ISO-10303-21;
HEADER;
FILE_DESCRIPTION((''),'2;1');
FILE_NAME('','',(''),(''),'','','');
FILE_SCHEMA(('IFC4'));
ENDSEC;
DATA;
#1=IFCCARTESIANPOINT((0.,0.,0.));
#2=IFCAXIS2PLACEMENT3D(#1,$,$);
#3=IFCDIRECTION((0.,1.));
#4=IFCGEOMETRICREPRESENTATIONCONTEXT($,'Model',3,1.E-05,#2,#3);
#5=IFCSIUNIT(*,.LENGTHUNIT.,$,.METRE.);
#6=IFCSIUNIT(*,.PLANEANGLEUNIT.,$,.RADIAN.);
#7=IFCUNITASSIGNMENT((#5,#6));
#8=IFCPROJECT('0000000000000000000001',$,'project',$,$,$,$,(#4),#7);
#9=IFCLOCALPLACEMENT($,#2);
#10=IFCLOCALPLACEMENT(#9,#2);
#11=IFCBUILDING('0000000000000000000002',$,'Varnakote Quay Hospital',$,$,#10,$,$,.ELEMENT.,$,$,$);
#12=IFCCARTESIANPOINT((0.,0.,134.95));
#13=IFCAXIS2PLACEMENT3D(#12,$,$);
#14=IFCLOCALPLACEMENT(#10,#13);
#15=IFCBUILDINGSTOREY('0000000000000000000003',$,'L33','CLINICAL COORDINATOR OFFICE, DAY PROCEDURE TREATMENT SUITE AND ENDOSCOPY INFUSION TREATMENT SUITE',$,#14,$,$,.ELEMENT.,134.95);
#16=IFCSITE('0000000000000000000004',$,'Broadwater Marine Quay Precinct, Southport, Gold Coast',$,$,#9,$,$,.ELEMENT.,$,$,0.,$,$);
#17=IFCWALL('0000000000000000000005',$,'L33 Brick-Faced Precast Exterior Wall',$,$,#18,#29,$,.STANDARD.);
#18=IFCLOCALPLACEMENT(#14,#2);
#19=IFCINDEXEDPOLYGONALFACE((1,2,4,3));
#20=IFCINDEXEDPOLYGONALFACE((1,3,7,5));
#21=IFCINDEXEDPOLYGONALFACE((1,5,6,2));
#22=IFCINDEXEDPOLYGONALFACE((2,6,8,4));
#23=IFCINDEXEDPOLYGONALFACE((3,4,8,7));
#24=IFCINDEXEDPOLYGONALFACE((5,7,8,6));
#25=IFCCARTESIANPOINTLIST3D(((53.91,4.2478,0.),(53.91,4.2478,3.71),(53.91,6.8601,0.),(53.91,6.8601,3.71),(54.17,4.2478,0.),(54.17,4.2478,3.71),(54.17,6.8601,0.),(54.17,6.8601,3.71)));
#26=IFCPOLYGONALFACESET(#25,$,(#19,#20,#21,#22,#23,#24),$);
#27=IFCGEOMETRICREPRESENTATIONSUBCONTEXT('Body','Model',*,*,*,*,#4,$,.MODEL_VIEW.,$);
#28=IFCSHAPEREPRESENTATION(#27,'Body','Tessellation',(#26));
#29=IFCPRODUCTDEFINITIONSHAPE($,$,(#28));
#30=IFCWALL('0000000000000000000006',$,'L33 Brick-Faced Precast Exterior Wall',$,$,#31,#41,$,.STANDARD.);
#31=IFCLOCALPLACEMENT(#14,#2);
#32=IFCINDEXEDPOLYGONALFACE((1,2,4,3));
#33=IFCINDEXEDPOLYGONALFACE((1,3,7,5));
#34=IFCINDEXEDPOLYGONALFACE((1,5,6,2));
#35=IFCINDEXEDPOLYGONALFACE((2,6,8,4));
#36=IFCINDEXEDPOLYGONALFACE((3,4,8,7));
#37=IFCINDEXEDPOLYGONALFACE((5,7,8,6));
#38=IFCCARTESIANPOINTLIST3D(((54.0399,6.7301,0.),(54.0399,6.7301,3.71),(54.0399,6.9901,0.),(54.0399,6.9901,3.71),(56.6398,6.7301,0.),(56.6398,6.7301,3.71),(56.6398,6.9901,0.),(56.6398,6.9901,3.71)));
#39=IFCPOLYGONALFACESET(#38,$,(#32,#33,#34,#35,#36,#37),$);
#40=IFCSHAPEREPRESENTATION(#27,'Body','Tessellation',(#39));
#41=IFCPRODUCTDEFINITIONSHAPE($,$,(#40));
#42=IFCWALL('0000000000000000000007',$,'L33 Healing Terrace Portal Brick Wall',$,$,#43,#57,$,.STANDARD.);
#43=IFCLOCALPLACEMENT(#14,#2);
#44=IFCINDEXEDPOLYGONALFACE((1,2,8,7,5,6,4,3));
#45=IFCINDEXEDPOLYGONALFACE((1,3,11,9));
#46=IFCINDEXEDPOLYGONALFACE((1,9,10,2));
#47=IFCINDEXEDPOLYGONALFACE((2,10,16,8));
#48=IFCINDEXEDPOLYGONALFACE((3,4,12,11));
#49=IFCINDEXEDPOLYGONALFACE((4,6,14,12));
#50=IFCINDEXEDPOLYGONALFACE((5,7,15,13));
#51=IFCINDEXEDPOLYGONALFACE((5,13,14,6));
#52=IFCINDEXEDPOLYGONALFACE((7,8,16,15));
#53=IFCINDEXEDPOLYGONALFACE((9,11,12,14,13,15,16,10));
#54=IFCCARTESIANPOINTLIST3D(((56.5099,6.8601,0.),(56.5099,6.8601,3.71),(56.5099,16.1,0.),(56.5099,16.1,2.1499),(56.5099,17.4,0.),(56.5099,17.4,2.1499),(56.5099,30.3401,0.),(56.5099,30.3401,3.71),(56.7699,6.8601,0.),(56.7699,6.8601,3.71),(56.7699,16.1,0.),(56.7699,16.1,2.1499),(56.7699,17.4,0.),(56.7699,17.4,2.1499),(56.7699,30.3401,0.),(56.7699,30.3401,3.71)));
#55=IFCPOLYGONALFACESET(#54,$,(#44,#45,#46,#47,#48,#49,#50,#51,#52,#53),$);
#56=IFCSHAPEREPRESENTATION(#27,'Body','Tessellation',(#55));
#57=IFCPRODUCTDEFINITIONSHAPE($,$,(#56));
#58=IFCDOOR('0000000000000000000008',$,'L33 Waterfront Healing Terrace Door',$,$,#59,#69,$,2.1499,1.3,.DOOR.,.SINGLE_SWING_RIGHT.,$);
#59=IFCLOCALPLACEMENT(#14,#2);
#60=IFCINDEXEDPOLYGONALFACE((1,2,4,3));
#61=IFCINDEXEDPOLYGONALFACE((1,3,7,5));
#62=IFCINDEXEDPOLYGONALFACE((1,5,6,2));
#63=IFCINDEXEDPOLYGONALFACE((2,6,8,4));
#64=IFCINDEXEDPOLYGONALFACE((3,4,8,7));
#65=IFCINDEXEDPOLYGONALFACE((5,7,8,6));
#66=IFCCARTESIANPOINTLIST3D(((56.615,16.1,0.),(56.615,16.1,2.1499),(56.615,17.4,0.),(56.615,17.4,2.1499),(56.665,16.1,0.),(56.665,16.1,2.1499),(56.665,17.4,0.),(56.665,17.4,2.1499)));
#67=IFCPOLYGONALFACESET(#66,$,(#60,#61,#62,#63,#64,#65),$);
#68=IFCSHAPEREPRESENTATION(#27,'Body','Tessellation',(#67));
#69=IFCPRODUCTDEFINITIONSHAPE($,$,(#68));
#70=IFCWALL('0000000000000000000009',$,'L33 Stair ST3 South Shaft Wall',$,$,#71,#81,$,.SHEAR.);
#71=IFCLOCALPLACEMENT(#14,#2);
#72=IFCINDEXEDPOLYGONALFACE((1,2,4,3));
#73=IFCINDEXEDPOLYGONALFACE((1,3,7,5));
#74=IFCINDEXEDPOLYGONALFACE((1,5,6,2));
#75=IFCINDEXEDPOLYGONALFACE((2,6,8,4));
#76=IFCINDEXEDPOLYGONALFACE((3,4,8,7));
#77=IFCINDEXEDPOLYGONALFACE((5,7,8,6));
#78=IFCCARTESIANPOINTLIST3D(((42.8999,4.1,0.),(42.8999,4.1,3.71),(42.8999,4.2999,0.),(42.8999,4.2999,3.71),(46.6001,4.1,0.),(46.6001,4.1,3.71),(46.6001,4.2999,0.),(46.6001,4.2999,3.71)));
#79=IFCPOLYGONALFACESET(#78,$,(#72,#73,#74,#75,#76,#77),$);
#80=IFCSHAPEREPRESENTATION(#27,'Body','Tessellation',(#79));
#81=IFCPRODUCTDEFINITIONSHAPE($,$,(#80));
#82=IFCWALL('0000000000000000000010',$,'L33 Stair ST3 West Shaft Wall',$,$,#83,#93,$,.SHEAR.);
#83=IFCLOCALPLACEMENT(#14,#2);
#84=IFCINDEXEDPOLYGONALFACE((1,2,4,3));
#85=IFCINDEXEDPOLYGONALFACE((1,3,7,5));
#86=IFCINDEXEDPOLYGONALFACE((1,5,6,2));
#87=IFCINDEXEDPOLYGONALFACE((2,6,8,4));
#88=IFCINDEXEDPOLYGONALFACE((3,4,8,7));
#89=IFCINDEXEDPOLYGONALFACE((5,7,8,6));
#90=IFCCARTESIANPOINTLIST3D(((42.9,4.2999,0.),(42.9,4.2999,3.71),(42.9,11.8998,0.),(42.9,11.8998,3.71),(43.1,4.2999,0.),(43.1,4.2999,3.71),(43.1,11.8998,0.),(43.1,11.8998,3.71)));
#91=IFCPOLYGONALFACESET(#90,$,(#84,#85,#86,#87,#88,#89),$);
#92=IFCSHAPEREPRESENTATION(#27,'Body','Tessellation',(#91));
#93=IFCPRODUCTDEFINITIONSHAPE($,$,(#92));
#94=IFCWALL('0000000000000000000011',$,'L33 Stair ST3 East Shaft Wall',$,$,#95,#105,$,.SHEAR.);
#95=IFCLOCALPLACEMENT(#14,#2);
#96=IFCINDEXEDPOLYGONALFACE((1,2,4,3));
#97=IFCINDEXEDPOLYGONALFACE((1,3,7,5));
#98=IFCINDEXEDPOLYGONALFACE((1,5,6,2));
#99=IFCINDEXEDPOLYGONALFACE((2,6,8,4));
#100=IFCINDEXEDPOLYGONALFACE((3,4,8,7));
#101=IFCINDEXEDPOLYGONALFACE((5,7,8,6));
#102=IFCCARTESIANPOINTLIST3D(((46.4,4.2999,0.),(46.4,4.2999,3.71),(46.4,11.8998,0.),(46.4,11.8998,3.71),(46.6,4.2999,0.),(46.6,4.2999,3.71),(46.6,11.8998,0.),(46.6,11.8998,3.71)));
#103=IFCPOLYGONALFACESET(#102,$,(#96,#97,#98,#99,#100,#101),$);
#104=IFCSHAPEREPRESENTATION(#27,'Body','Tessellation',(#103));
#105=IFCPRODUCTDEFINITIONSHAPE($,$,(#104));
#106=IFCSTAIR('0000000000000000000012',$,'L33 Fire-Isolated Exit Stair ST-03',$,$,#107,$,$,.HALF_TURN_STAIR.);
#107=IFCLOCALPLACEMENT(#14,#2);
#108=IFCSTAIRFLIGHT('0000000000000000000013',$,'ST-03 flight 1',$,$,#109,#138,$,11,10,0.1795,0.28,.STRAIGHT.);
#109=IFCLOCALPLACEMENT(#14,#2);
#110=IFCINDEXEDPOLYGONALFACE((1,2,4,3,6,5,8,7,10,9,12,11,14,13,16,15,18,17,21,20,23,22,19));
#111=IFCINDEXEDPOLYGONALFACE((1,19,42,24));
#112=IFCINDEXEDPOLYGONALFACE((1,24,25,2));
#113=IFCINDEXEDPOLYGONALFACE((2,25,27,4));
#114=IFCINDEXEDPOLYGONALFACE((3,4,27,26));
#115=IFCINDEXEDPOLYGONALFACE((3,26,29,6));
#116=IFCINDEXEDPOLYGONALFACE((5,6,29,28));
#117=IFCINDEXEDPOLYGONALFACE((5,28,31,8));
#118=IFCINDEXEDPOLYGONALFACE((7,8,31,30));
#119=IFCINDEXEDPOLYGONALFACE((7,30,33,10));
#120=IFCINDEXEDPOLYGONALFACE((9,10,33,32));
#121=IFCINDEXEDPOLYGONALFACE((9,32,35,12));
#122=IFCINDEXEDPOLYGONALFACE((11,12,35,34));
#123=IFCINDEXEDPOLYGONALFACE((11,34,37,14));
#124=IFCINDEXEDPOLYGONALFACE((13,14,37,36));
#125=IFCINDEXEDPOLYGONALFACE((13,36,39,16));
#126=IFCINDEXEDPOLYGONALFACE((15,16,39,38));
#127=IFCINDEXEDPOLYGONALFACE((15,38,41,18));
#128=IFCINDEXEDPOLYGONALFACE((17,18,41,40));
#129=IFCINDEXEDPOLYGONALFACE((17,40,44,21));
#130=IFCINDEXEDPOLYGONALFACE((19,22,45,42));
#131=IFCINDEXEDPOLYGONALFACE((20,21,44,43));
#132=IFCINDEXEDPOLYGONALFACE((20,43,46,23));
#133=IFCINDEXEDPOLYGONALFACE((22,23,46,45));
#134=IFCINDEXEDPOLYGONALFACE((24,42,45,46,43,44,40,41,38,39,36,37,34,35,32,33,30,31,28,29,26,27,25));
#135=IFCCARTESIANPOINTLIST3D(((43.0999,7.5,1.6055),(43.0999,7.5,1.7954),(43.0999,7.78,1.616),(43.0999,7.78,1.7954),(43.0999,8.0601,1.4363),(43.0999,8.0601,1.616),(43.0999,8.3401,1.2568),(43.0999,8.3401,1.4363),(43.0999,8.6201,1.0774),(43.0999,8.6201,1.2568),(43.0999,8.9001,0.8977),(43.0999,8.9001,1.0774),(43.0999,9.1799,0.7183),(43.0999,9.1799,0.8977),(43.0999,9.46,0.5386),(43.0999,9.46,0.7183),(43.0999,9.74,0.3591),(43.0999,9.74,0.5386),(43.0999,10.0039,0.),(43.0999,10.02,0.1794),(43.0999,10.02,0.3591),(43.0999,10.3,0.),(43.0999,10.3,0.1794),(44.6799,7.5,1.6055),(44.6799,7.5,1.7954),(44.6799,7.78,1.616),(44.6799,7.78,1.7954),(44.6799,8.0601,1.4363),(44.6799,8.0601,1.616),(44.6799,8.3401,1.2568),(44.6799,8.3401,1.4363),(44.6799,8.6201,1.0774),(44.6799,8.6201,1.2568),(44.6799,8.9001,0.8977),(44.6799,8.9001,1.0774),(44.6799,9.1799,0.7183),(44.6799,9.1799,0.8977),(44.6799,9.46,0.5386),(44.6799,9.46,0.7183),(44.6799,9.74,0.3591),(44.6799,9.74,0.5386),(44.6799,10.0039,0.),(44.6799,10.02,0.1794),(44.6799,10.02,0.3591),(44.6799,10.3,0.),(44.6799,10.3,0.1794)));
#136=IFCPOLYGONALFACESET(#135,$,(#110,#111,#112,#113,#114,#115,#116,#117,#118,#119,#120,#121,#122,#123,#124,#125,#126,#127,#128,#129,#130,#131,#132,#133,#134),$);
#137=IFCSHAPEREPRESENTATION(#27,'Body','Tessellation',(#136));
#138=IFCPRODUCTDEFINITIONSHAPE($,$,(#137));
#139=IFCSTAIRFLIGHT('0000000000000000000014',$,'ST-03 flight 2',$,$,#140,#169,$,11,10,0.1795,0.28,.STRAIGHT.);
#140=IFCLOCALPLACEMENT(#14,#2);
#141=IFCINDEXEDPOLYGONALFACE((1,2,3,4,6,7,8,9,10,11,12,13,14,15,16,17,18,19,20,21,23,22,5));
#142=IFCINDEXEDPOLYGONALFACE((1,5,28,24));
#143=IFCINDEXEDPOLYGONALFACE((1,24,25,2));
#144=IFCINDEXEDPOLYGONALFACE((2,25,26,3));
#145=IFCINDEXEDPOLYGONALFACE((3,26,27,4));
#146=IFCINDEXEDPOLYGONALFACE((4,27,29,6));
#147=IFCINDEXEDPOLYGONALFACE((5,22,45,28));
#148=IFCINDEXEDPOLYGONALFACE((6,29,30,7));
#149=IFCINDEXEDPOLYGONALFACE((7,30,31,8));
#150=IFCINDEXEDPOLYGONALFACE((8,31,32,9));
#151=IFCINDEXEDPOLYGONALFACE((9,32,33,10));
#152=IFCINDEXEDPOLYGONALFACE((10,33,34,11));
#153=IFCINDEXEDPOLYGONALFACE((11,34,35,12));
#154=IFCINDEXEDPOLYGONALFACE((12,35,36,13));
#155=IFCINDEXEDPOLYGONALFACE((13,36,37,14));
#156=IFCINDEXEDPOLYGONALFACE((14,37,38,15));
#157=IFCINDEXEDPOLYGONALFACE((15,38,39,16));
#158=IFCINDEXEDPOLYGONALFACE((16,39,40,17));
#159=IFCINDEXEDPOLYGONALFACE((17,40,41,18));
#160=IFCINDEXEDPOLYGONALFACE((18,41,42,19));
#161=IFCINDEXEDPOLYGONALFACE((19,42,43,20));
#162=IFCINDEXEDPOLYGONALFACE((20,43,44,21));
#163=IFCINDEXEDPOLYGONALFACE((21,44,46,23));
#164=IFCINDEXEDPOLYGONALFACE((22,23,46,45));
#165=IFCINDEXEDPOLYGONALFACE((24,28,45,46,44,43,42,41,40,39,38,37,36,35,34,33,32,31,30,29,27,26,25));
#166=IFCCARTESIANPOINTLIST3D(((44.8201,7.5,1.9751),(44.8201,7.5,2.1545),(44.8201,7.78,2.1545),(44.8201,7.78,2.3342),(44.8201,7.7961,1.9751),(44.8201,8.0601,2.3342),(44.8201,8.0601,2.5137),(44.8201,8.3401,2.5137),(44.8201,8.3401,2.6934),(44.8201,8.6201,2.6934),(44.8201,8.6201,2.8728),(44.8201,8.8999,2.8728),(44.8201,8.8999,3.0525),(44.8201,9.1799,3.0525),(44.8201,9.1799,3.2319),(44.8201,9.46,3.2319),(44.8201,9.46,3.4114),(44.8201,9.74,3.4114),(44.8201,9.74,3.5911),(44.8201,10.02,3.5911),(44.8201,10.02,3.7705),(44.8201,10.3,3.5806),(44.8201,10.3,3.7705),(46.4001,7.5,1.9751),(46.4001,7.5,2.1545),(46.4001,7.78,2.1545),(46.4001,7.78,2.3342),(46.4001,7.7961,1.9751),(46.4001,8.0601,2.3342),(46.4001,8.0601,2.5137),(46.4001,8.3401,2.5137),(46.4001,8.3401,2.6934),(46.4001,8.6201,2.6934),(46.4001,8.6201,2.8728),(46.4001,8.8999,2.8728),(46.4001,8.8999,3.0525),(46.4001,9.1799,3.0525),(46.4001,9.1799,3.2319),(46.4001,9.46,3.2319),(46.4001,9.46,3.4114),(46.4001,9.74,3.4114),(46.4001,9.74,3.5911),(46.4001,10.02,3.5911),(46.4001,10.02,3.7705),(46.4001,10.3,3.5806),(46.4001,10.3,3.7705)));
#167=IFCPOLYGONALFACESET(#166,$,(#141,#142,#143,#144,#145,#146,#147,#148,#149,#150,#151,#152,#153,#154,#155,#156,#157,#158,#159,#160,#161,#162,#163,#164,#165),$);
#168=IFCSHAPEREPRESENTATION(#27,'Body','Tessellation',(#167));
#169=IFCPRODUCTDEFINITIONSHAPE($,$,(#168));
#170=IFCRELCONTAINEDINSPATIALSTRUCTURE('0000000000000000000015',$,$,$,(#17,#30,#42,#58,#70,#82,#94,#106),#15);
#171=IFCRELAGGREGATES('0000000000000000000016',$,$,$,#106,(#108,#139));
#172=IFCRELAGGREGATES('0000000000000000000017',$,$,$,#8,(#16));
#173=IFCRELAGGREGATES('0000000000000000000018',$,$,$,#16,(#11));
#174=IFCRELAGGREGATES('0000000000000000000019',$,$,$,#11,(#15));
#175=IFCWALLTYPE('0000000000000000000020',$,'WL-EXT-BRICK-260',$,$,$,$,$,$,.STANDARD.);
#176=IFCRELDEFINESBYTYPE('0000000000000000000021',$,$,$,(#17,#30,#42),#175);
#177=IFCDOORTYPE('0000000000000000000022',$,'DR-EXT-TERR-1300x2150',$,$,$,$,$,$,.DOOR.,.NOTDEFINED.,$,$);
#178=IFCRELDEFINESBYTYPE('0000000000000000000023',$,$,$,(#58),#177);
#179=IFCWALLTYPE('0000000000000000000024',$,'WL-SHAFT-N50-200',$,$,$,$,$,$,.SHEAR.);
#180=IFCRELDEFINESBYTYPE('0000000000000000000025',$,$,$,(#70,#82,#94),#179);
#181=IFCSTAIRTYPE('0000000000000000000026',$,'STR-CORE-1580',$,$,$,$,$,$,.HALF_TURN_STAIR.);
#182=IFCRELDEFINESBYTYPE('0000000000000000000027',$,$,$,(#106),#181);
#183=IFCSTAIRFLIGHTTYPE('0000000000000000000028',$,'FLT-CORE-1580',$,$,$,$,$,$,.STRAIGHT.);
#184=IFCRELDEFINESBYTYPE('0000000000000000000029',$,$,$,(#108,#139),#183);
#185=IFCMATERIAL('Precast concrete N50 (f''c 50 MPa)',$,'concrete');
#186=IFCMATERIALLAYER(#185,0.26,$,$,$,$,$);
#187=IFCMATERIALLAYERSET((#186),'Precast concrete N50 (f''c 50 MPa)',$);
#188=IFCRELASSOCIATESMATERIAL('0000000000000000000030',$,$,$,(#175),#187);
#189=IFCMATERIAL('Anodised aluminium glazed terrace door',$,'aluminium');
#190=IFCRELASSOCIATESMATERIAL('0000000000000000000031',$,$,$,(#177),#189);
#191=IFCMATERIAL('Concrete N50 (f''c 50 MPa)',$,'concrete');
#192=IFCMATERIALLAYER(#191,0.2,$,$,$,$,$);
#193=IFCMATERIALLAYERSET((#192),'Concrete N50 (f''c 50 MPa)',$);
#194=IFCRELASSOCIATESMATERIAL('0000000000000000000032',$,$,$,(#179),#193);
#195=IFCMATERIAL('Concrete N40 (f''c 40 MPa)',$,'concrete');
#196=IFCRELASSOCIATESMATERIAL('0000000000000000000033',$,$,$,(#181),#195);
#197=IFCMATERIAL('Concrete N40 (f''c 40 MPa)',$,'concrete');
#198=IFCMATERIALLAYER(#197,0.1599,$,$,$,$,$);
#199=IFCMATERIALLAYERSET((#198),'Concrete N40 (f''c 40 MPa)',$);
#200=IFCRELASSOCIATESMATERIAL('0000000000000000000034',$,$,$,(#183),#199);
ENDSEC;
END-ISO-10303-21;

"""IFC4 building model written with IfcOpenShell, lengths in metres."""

from ifc_helpers import new_model, si_unit, direction, frame, frame_2d, origin, place, context, subcontext, project, spatial, polyline, rectangle, outline, extrude, material, layer, layer_set, type_object, element, fill, aggregate, save


model = new_model("IFC4")

# Units and contexts
model_context = context("Model", 3, precision=1e-05, world=origin(), true_north=direction((0.0, 1.0)))
body_context = subcontext(model_context, "Body", "Model", "MODEL_VIEW")
ifc_project = project(units=[si_unit("LENGTHUNIT", "METRE"), si_unit("PLANEANGLEUNIT", "RADIAN")], contexts=[model_context])

# Site, building, storey
site_placement = place(None, origin())
site = spatial("IfcSite", under=ifc_project, at=site_placement, Name="Broadwater Marine Quay Precinct, Southport, Gold Coast", CompositionType="ELEMENT", RefElevation=0.0)
building_placement = place(site_placement, origin())
building = spatial("IfcBuilding", under=site, at=building_placement, Name="Varnakote Quay Hospital", CompositionType="ELEMENT")
storey_placement = place(building_placement, frame((0.0, 0.0, 134.95)))
storey = spatial("IfcBuildingStorey", under=building, at=storey_placement, Name="L33", Description="CLINICAL COORDINATOR OFFICE, DAY PROCEDURE TREATMENT SUITE AND ENDOSCOPY INFUSION TREATMENT SUITE", CompositionType="ELEMENT", Elevation=134.95)

# Walls
ifc_material_1 = material(Name="Precast concrete N50 (f'c 50 MPa)", Category="concrete")
ifc_layer_1 = layer(ifc_material_1, 0.26)
ifc_layer_set_1 = layer_set([ifc_layer_1], Name="Precast concrete N50 (f'c 50 MPa)")
wall_type_1 = type_object("IfcWallType", Name="WL-EXT-BRICK-260", PredefinedType="STANDARD", material=ifc_layer_set_1)
wall_1_placement = place(storey_placement, frame((54.04, 4.2478, 0.0), z_axis=(0.0, 0.0, 1.0), x_axis=(0.0, 1.0, 0.0)))
element("IfcWall", 1, at=wall_1_placement, inside=storey, type_object=wall_type_1, Name="L33 Brick-Faced Precast Exterior Wall", PredefinedType="STANDARD", context=body_context, shape_type="SweptSolid", body=[
    extrude(rectangle(XDim=2.6123, YDim=0.26, at=frame_2d((1.3062, 0.0))), origin(), (0.0, 0.0, 1.0), 3.71),
])
wall_2_placement = place(storey_placement, frame((54.04, 6.8601, 0.0), z_axis=(0.0, 0.0, 1.0), x_axis=(1.0, 0.0, 0.0)))
element("IfcWall", 2, at=wall_2_placement, inside=storey, type_object=wall_type_1, Name="L33 Brick-Faced Precast Exterior Wall", PredefinedType="STANDARD", context=body_context, shape_type="SweptSolid", body=[
    extrude(rectangle(XDim=2.5999, YDim=0.26, at=frame_2d((1.2998, 0.0))), origin(), (0.0, 0.0, 1.0), 3.71),
])

# Wall, opening, door
wall_3_placement = place(storey_placement, frame((56.6399, 6.8601, 0.0), z_axis=(0.0, 0.0, 1.0), x_axis=(0.0, 1.0, 0.0)))
wall_3 = element("IfcWall", 3, at=wall_3_placement, inside=storey, type_object=wall_type_1, Name="L33 Healing Terrace Portal Brick Wall", PredefinedType="STANDARD", context=body_context, shape_type="SweptSolid", body=[
    extrude(rectangle(XDim=23.48, YDim=0.26, at=frame_2d((11.74, 0.0))), origin(), (0.0, 0.0, 1.0), 3.71),
])
opening_1_placement = place(wall_3_placement, frame((9.24, 0.0, 0.0)))
opening_1 = element("IfcOpeningElement", 4, at=opening_1_placement, cuts=wall_3, PredefinedType="OPENING", context=body_context, shape_type="SweptSolid", body=[
    extrude(rectangle(XDim=1.3, YDim=2.1499, at=frame_2d((0.6499, 1.075))), frame((0.0, 0.1399, 0.0), z_axis=(0.0, -1.0, 0.0), x_axis=(1.0, 0.0, 0.0)), (0.0, 0.0, 1.0), 0.28),
])
ifc_material_2 = material(Name="Anodised aluminium glazed terrace door", Category="aluminium")
door_type_1 = type_object("IfcDoorType", Name="DR-EXT-TERR-1300x2150", OperationType="NOTDEFINED", PredefinedType="DOOR", material=ifc_material_2)
door_1_placement = place(opening_1_placement, origin())
door_1 = element("IfcDoor", 5, at=door_1_placement, inside=storey, type_object=door_type_1, Name="L33 Waterfront Healing Terrace Door", OperationType="SINGLE_SWING_RIGHT", OverallHeight=2.1499, OverallWidth=1.3, PredefinedType="DOOR", context=body_context, shape_type="SweptSolid", body=[
    extrude(rectangle(XDim=1.3, YDim=2.1499, at=frame_2d((0.6499, 1.075))), frame((0.0, 0.0249, 0.0), z_axis=(0.0, -1.0, 0.0), x_axis=(1.0, 0.0, 0.0)), (0.0, 0.0, 1.0), 0.05),
])
fill(opening_1, door_1)

# Walls
ifc_material_3 = material(Name="Concrete N50 (f'c 50 MPa)", Category="concrete")
ifc_layer_2 = layer(ifc_material_3, 0.2)
ifc_layer_set_2 = layer_set([ifc_layer_2], Name="Concrete N50 (f'c 50 MPa)")
wall_type_2 = type_object("IfcWallType", Name="WL-SHAFT-N50-200", PredefinedType="SHEAR", material=ifc_layer_set_2)
wall_4_placement = place(storey_placement, frame((42.8999, 4.2, 0.0), z_axis=(0.0, 0.0, 1.0), x_axis=(1.0, 0.0, 0.0)))
element("IfcWall", 6, at=wall_4_placement, inside=storey, type_object=wall_type_2, Name="L33 Stair ST3 South Shaft Wall", PredefinedType="SHEAR", context=body_context, shape_type="SweptSolid", body=[
    extrude(rectangle(XDim=3.7002, YDim=0.2, at=frame_2d((1.8501, 0.0))), origin(), (0.0, 0.0, 1.0), 3.71),
])
for number, where, z_axis, x_axis, name in (
    (7, (43.0, 4.3, 0.0), (0.0, 0.0, 1.0), (0.0, 1.0, 0.0), "L33 Stair ST3 West Shaft Wall"),
    (8, (46.5, 4.3, 0.0), (0.0, 0.0, 1.0), (0.0, 1.0, 0.0), "L33 Stair ST3 East Shaft Wall"),
):
    element("IfcWall", number, at=place(storey_placement, frame(where, z_axis=z_axis, x_axis=x_axis)), inside=storey, type_object=wall_type_2, Name=name, PredefinedType="SHEAR", context=body_context, shape_type="SweptSolid", body=[
        extrude(rectangle(XDim=7.5999, YDim=0.2, at=frame_2d((3.7998, 0.0))), origin(), (0.0, 0.0, 1.0), 3.71),
    ])

# Stair, stair flights
ifc_material_4 = material(Name="Concrete N40 (f'c 40 MPa)", Category="concrete")
stair_type = type_object("IfcStairType", Name="STR-CORE-1580", PredefinedType="HALF_TURN_STAIR", material=ifc_material_4)
stair_placement = place(storey_placement, origin())
stair = element("IfcStair", 9, at=stair_placement, inside=storey, type_object=stair_type, Name="L33 Fire-Isolated Exit Stair ST-03", PredefinedType="HALF_TURN_STAIR")
ifc_material_5 = material(Name="Concrete N40 (f'c 40 MPa)", Category="concrete")
ifc_layer_3 = layer(ifc_material_5, 0.1599)
ifc_layer_set_3 = layer_set([ifc_layer_3], Name="Concrete N40 (f'c 40 MPa)")
stair_flight_type = type_object("IfcStairFlightType", Name="FLT-CORE-1580", PredefinedType="STRAIGHT", material=ifc_layer_set_3)
stair_flight_1_placement = place(storey_placement, frame((43.8899, 10.3, 0.0), z_axis=(0.0, 0.0, 1.0), x_axis=(0.0, -1.0, 0.0)))
stair_flight_1 = element("IfcStairFlight", 10, at=stair_flight_1_placement, type_object=stair_flight_type, Name="ST-03 flight 1", NumberOfRisers=11, NumberOfTreads=10, PredefinedType="STRAIGHT", RiserHeight=0.1795, TreadLength=0.28, context=body_context, shape_type="SweptSolid", body=[
    extrude(outline(polyline([(0.0, 0.0), (0.0, 0.1794), (0.28, 0.1794), (0.28, 0.3591), (0.5601, 0.3591), (0.5601, 0.5386), (0.8401, 0.5386), (0.8401, 0.7183), (1.1201, 0.7183), (1.1201, 0.8977), (1.3999, 0.8977), (1.3999, 1.0774), (1.6799, 1.0774), (1.6799, 1.2568), (1.96, 1.2568), (1.96, 1.4363), (2.24, 1.4363), (2.24, 1.616), (2.52, 1.616), (2.52, 1.7954), (2.8, 1.7954), (2.8, 1.9751), (2.8, 1.6055), (0.2961, 0.0), (0.0, 0.0)])), frame((0.0, 0.79, 0.0), z_axis=(0.0, -1.0, 0.0), x_axis=(1.0, 0.0, 0.0)), (0.0, 0.0, 1.0), 1.5801),
])
stair_flight_2_placement = place(storey_placement, frame((45.6101, 7.5, 1.9751), z_axis=(0.0, 0.0, 1.0), x_axis=(0.0, 1.0, 0.0)))
stair_flight_2 = element("IfcStairFlight", 11, at=stair_flight_2_placement, type_object=stair_flight_type, Name="ST-03 flight 2", NumberOfRisers=11, NumberOfTreads=10, PredefinedType="STRAIGHT", RiserHeight=0.1795, TreadLength=0.28, context=body_context, shape_type="SweptSolid", body=[
    extrude(outline(polyline([(0.0, 0.0), (0.0, 0.1794), (0.28, 0.1794), (0.28, 0.3591), (0.5601, 0.3591), (0.5601, 0.5386), (0.8401, 0.5386), (0.8401, 0.7183), (1.1201, 0.7183), (1.1201, 0.8977), (1.3999, 0.8977), (1.3999, 1.0774), (1.6799, 1.0774), (1.6799, 1.2568), (1.96, 1.2568), (1.96, 1.4363), (2.24, 1.4363), (2.24, 1.616), (2.52, 1.616), (2.52, 1.7954), (2.8, 1.7954), (2.8, 1.9751), (2.8, 1.6055), (0.2961, 0.0), (0.0, 0.0)])), frame((0.0, 0.79, 0.0), z_axis=(0.0, -1.0, 0.0), x_axis=(1.0, 0.0, 0.0)), (0.0, 0.0, 1.0), 1.5801),
])
aggregate(stair, [stair_flight_1, stair_flight_2])

save(model, "model.ifc")
